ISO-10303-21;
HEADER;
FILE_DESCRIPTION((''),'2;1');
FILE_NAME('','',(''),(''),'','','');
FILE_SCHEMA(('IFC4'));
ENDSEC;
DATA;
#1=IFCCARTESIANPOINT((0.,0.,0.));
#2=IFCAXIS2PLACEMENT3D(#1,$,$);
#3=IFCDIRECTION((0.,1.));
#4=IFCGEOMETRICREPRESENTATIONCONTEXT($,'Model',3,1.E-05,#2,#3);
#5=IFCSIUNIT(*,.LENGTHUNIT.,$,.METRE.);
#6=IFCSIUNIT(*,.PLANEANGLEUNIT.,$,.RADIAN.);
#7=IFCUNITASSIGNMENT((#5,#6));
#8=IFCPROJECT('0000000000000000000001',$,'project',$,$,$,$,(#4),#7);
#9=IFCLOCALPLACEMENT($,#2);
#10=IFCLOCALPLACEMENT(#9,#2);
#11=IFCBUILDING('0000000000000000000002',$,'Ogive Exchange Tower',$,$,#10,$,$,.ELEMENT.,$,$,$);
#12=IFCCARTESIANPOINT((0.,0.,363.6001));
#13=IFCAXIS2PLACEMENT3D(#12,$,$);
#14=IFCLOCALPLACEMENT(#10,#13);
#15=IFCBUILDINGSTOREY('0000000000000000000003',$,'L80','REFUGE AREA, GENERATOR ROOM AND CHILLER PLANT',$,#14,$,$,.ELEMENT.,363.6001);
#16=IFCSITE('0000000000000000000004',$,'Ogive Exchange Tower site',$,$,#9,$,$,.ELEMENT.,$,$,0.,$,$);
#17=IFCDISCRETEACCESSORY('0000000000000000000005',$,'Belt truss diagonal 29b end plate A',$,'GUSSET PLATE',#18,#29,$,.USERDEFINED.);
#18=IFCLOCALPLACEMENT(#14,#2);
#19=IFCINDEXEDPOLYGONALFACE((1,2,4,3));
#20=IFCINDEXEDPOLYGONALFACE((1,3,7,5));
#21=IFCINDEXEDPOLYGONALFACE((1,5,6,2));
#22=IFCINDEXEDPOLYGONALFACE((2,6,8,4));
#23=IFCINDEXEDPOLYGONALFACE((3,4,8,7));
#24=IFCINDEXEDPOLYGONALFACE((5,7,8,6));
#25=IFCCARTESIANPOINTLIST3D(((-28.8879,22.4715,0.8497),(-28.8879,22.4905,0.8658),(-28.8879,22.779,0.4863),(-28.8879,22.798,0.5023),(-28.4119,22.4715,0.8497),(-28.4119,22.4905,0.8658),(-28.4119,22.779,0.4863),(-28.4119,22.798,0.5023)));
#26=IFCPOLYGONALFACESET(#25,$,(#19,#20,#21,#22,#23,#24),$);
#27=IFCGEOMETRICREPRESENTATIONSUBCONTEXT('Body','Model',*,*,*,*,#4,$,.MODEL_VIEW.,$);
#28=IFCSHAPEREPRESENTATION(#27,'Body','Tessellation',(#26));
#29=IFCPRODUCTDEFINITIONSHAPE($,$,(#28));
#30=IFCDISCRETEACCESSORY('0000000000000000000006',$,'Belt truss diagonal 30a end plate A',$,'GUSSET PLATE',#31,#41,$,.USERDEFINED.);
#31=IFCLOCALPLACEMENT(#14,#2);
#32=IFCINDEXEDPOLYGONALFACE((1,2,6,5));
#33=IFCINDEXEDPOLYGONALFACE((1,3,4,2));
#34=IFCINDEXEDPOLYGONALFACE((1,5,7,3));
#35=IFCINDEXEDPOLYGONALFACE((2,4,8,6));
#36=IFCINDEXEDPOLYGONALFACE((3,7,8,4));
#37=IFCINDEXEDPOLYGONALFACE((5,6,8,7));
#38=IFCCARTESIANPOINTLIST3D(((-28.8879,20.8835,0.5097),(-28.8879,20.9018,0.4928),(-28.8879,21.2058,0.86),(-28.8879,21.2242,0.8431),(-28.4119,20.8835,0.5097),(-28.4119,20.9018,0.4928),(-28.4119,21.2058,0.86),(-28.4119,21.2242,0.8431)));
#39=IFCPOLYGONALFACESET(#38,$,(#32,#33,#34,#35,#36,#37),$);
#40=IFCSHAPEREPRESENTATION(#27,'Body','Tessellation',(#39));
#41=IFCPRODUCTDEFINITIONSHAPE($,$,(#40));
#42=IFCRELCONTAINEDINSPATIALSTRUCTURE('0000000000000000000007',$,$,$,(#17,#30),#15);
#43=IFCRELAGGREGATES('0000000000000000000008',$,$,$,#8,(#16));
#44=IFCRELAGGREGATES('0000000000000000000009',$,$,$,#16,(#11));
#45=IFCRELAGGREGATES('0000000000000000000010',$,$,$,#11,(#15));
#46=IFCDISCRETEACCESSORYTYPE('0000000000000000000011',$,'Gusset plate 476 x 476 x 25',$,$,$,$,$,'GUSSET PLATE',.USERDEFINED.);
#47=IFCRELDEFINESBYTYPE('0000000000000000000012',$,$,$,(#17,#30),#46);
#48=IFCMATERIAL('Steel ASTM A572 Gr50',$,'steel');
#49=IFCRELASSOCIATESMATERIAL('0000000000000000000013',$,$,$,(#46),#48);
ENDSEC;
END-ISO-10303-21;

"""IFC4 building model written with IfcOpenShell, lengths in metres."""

from ifc_helpers import new_model, si_unit, direction, frame, origin, origin_2d, place, context, subcontext, project, spatial, rectangle, extrude, material, material_profile, profile_set, type_object, element, save


model = new_model("IFC4")

# Units and contexts
model_context = context("Model", 3, precision=1e-05, world=origin(), true_north=direction((0.0, 1.0)))
body_context = subcontext(model_context, "Body", "Model", "MODEL_VIEW")
ifc_project = project(units=[si_unit("LENGTHUNIT", "METRE"), si_unit("PLANEANGLEUNIT", "RADIAN")], contexts=[model_context])

# Site, building, storey
site_placement = place(None, origin())
site = spatial("IfcSite", under=ifc_project, at=site_placement, Name="Ogive Exchange Tower site", CompositionType="ELEMENT", RefElevation=0.0)
building_placement = place(site_placement, origin())
building = spatial("IfcBuilding", under=site, at=building_placement, Name="Ogive Exchange Tower", CompositionType="ELEMENT")
storey_placement = place(building_placement, frame((0.0, 0.0, 363.6001)))
storey = spatial("IfcBuildingStorey", under=building, at=storey_placement, Name="L80", Description="REFUGE AREA, GENERATOR ROOM AND CHILLER PLANT", CompositionType="ELEMENT", Elevation=363.6001)

# Discrete accessories
ifc_material_1 = material(Name="Steel ASTM A572 Gr50", Category="steel")
ifc_material_profile_1 = material_profile(ifc_material_1, rectangle(XDim=0.4761, YDim=0.4761, at=origin_2d()), Name="PL 476 x 476 x 25")
ifc_profile_set_1 = profile_set([ifc_material_profile_1], Name="Steel ASTM A572 Gr50")
discrete_accessory_type = type_object("IfcDiscreteAccessoryType", Name="Gusset plate 476 x 476 x 25", ElementType="GUSSET PLATE", PredefinedType="USERDEFINED", material=ifc_profile_set_1)
for number, where, z_axis, x_axis, name in (
    (1, (-28.6499, 22.6252, 0.668), (0.0, 0.763386, 0.645942), (-1.0, 0.0, 0.0), "Belt truss diagonal 29b end plate A"),
    (2, (-28.6499, 21.063, 0.668), (0.0, -0.735931, 0.677057), (1.0, 0.0, 0.0), "Belt truss diagonal 30a end plate A"),
):
    element("IfcDiscreteAccessory", number, at=place(storey_placement, frame(where, z_axis=z_axis, x_axis=x_axis)), inside=storey, type_object=discrete_accessory_type, Name=name, ObjectType="GUSSET PLATE", PredefinedType="USERDEFINED", context=body_context, shape_type="SweptSolid", body=[
        extrude(rectangle(XDim=0.4761, YDim=0.4761, at=origin_2d()), origin(), (0.0, 0.0, 1.0), 0.0249),
    ])

save(model, "model.ifc")
